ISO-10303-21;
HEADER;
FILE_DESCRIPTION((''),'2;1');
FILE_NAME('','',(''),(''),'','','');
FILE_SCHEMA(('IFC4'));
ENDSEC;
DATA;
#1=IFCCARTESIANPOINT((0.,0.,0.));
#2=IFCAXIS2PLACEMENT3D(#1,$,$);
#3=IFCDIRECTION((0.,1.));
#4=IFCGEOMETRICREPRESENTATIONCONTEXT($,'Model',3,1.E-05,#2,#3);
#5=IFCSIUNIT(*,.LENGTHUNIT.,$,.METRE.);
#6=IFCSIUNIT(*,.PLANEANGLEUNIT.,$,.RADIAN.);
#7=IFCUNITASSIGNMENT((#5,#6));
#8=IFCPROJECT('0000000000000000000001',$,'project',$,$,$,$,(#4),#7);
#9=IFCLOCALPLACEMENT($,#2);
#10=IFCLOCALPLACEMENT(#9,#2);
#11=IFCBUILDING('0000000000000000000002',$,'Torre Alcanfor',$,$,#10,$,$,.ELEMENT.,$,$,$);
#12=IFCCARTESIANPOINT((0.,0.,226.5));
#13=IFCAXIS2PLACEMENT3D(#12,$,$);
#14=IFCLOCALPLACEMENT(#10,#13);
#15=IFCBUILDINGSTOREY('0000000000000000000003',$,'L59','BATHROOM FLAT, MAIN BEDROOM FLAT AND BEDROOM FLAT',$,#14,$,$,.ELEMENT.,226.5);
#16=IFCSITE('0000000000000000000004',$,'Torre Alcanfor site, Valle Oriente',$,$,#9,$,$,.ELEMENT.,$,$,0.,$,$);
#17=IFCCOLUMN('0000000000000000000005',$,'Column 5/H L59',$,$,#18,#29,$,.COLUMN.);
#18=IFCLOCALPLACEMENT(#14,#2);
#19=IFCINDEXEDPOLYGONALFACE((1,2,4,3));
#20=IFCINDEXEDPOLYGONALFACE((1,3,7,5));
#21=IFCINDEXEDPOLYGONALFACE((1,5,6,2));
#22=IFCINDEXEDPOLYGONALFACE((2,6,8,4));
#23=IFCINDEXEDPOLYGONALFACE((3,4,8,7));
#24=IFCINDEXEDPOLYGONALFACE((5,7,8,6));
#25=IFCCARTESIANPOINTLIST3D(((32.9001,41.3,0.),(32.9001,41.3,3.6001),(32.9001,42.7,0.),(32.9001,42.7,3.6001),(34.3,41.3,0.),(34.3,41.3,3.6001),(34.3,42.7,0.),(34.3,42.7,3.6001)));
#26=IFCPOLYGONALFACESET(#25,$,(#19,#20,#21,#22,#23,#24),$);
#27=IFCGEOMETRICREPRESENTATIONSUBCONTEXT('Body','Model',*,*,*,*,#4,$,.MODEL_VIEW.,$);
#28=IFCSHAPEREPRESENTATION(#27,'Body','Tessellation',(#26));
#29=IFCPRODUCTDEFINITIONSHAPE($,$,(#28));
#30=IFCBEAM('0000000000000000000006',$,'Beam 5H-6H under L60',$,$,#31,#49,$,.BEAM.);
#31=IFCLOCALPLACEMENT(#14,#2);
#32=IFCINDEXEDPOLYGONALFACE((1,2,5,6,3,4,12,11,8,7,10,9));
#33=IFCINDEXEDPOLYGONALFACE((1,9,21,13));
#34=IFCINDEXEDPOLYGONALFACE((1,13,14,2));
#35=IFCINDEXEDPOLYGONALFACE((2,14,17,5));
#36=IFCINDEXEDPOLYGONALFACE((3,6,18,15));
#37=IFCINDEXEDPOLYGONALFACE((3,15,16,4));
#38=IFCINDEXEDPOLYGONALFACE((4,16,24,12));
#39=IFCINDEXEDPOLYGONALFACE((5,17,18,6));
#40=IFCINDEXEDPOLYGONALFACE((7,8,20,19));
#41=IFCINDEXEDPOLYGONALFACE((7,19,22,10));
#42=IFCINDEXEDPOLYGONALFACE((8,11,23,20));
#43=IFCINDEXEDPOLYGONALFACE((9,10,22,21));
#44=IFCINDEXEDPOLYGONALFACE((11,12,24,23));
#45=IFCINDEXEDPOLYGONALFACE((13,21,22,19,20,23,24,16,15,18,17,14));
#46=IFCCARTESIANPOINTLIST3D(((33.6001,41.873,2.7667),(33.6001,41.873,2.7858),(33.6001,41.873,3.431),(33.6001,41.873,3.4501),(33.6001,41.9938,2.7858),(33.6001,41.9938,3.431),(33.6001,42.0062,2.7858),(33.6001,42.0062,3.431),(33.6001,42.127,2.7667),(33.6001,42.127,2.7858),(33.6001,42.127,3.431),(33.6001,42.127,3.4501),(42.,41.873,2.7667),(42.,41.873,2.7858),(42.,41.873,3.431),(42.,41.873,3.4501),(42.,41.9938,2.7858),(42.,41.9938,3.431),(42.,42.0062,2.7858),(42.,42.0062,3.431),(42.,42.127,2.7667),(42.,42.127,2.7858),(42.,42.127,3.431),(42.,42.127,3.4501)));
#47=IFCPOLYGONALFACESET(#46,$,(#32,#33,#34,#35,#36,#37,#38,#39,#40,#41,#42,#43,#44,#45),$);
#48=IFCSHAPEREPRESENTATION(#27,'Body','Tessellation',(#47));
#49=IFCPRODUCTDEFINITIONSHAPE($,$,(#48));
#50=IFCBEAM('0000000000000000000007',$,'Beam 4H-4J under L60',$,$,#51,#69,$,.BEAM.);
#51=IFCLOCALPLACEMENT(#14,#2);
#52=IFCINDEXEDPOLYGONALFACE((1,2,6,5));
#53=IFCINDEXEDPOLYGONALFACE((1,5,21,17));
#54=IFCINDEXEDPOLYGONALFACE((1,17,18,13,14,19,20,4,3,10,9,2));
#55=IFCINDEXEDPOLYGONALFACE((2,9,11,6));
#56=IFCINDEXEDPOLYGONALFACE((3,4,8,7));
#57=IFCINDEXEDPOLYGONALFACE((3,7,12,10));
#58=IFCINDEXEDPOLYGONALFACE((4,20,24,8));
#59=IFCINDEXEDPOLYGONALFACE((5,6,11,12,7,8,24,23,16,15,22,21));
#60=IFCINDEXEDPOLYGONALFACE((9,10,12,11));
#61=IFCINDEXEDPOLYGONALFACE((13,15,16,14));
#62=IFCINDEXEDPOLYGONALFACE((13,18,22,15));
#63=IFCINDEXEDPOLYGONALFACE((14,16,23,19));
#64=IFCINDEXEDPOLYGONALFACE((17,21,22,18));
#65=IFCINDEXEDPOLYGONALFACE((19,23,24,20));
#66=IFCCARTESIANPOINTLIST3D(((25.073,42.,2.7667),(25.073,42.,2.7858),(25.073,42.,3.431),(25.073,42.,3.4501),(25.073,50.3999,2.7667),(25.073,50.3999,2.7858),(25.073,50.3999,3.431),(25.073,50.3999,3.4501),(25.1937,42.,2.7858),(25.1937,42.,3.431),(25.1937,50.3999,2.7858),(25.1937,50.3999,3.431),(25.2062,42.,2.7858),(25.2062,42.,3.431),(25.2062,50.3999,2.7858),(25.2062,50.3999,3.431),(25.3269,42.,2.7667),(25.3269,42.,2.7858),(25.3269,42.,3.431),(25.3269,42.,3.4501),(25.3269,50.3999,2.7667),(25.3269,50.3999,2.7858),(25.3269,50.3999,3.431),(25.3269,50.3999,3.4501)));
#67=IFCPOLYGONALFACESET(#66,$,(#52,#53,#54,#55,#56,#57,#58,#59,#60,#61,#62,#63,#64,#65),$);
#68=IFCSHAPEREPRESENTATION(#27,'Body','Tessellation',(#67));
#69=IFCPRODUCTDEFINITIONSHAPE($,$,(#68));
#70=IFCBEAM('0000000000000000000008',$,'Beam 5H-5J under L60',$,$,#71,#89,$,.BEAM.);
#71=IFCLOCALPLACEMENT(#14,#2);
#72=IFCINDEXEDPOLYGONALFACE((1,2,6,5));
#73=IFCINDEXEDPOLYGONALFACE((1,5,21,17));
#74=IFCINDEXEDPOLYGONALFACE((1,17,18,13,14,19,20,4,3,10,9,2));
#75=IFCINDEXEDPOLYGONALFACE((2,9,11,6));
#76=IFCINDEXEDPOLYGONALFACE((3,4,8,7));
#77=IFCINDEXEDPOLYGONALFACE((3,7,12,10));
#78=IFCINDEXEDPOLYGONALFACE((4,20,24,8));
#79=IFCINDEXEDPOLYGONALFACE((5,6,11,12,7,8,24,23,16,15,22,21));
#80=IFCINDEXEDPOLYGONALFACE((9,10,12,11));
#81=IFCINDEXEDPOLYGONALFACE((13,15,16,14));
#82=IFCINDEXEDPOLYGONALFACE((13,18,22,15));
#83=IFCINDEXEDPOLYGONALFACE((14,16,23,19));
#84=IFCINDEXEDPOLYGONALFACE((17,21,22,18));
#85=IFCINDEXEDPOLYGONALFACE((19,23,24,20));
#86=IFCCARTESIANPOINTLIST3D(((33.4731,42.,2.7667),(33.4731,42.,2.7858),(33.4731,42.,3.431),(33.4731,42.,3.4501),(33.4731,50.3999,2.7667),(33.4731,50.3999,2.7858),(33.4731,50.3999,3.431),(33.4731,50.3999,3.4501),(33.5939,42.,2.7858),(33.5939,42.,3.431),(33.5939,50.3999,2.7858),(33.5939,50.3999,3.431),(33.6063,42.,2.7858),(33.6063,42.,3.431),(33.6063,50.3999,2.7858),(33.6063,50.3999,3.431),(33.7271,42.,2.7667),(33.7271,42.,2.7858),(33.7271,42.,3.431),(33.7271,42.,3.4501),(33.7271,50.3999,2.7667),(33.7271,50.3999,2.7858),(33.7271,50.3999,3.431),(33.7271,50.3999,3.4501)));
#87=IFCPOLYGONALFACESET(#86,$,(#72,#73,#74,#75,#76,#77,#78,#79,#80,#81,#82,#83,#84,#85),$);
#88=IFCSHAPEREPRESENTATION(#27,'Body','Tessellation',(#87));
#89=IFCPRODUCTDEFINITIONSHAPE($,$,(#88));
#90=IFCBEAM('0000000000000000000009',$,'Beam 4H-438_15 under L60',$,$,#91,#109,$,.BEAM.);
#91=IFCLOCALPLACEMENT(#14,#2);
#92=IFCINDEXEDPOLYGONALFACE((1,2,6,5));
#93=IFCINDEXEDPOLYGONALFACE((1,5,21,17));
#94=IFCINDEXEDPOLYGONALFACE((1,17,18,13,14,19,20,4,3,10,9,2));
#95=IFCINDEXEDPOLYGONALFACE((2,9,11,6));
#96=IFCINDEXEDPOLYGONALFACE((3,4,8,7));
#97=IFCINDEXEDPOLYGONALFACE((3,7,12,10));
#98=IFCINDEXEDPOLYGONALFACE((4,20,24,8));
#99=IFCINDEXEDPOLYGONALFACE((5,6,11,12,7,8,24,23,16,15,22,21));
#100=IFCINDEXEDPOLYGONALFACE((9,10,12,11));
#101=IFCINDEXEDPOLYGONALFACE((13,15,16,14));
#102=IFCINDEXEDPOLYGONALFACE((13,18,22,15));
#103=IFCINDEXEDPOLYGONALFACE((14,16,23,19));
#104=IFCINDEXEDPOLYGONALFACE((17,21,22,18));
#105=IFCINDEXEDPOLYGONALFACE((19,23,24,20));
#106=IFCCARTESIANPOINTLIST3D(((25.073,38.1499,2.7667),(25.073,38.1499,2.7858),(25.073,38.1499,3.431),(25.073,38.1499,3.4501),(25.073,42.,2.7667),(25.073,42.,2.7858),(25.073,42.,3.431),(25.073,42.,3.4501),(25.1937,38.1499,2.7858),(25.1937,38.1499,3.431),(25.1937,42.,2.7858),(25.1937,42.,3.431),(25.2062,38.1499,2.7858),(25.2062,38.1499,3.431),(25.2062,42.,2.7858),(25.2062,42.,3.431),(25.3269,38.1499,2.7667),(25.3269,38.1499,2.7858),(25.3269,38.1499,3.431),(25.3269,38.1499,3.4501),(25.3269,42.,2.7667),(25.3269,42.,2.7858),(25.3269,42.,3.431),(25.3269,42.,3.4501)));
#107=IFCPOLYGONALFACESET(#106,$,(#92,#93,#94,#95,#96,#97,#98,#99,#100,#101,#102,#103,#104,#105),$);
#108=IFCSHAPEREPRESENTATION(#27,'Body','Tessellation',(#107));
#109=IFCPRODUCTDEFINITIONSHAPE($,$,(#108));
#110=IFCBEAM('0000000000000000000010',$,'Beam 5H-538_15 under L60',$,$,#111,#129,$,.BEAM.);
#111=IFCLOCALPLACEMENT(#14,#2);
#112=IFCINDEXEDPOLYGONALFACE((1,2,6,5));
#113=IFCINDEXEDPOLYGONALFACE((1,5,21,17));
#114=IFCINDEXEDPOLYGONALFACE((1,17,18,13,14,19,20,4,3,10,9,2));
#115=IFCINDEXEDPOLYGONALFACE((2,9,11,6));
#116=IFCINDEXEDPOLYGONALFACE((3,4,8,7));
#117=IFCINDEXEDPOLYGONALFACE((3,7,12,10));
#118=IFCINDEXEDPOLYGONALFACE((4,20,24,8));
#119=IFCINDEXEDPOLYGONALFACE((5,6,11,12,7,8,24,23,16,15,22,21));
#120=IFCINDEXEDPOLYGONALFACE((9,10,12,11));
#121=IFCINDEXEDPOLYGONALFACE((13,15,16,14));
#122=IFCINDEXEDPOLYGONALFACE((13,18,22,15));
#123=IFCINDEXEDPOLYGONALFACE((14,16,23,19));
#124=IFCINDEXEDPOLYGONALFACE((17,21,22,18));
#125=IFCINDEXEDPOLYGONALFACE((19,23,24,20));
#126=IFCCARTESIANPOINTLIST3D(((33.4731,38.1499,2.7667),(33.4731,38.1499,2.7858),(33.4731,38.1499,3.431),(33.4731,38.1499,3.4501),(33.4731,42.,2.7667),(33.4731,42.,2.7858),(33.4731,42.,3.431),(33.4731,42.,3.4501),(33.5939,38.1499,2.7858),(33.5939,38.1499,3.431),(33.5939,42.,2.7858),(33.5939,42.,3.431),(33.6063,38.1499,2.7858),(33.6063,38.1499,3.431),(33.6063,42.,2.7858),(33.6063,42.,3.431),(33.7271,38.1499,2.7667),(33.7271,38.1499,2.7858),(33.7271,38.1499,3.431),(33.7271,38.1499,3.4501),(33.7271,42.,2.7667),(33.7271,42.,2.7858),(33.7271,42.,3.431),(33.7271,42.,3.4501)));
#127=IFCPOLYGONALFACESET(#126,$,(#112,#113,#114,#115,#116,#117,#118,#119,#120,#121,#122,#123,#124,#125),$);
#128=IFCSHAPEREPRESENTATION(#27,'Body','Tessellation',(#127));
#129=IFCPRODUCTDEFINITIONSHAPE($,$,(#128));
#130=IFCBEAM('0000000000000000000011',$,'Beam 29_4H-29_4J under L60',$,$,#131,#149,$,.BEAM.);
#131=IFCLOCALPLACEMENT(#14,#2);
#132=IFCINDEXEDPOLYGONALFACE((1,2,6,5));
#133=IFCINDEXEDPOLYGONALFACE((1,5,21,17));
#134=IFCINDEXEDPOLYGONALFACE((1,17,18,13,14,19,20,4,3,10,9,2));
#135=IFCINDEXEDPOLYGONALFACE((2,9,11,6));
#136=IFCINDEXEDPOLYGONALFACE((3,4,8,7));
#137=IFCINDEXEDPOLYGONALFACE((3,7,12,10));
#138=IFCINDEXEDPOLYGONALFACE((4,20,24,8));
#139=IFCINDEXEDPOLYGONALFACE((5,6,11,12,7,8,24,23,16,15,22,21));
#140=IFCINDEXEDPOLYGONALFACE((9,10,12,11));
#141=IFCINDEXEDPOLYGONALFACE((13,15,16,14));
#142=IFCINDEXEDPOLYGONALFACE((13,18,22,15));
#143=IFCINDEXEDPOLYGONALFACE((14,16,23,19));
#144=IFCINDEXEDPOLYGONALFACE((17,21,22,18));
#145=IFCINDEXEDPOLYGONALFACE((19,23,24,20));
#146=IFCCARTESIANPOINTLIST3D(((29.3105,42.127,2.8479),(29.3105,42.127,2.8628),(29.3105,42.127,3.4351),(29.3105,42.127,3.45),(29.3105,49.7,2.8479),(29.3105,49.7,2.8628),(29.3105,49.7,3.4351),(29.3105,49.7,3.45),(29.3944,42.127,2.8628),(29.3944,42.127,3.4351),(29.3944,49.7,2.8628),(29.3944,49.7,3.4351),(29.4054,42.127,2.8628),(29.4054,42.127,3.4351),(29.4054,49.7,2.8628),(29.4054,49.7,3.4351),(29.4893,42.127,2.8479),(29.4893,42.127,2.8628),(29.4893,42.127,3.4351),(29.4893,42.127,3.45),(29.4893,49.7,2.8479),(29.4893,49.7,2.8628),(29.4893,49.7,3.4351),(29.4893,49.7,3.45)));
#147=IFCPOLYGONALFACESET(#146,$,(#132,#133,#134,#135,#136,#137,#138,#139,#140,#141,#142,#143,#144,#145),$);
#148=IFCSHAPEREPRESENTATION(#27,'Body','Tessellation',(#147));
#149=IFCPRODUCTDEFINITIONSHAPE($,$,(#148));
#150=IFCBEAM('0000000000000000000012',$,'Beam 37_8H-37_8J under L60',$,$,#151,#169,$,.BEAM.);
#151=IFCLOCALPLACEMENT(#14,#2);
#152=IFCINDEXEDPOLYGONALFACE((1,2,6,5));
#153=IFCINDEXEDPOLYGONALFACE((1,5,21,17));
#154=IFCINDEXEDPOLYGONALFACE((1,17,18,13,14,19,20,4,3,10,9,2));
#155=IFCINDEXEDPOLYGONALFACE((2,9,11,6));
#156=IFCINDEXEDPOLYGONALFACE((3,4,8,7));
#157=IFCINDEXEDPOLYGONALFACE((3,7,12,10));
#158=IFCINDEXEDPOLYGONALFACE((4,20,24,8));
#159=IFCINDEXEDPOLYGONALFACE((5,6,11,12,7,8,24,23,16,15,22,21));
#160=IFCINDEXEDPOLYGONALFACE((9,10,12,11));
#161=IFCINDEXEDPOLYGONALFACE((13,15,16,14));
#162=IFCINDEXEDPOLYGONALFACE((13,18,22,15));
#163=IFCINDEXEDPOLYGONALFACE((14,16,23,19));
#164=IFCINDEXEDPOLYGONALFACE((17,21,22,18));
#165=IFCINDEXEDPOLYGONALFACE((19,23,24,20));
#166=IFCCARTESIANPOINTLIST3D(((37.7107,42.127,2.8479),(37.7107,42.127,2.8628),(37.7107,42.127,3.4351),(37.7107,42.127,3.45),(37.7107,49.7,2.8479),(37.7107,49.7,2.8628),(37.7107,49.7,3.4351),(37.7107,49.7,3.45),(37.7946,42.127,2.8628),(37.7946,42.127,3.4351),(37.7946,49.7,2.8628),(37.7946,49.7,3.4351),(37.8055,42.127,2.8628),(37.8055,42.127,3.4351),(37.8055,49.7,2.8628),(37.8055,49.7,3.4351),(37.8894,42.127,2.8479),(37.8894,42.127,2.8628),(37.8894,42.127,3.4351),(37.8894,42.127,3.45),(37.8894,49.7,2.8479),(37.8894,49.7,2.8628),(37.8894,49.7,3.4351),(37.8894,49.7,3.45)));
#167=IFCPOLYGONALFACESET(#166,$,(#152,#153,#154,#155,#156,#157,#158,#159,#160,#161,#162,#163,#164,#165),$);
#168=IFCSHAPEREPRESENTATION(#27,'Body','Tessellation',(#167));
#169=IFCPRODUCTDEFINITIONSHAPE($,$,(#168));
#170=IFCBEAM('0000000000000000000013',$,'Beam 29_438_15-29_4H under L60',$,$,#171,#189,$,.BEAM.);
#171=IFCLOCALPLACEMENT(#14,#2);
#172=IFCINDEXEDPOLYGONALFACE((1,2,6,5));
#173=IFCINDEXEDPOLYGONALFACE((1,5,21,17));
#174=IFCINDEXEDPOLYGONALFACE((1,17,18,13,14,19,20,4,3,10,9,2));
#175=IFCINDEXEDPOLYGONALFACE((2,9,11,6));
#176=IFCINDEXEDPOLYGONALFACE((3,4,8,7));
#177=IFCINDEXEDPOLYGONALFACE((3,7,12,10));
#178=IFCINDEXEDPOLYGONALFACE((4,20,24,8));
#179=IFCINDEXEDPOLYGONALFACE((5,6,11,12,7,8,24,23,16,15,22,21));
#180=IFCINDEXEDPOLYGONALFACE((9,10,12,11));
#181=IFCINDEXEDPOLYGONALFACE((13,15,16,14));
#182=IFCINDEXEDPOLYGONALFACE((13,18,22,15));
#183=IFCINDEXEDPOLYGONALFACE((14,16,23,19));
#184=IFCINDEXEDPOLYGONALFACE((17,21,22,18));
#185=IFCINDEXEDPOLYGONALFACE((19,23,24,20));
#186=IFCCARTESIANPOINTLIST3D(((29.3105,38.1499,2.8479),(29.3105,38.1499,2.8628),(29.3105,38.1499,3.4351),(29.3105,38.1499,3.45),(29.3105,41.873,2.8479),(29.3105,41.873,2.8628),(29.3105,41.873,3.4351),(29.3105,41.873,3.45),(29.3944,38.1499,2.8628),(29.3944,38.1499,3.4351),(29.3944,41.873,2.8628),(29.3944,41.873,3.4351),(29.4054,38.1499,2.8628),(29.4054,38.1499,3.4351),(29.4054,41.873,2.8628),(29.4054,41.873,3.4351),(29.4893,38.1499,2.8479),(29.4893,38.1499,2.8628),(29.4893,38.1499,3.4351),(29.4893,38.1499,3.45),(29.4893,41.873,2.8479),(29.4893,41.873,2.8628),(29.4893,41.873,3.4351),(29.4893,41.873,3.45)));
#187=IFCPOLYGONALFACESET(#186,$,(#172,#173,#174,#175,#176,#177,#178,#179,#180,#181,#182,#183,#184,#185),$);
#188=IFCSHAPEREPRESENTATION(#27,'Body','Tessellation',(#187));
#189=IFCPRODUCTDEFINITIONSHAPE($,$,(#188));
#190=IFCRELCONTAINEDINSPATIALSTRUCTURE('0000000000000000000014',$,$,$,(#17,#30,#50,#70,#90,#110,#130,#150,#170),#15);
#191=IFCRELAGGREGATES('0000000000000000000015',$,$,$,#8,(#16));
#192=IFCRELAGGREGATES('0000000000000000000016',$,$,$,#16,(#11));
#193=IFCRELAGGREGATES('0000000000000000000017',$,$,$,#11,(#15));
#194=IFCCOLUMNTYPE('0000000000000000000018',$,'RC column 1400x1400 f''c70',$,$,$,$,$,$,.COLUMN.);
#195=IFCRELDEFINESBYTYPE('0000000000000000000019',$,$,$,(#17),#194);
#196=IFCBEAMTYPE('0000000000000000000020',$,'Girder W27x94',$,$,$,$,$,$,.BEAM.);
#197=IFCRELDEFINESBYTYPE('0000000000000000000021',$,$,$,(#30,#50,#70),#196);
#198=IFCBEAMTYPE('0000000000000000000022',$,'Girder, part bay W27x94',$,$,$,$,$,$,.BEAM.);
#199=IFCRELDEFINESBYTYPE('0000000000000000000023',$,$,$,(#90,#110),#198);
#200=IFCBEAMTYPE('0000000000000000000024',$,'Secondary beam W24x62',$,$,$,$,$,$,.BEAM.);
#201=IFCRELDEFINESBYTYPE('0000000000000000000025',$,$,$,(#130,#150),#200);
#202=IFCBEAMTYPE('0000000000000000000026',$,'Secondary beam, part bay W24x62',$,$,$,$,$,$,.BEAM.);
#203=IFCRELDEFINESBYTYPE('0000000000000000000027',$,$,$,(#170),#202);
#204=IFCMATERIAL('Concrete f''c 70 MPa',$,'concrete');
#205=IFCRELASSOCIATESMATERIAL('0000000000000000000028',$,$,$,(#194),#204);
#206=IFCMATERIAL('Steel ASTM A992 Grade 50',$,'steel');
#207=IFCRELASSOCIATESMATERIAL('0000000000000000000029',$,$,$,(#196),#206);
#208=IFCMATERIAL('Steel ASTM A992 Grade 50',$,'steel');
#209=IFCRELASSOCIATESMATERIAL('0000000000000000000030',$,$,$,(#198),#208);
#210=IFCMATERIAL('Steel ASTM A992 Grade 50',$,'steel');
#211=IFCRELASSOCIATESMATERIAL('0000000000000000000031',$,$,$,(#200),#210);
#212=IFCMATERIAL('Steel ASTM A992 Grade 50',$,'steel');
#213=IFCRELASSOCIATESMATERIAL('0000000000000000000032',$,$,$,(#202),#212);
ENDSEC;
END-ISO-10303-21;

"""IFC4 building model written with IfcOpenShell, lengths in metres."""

from ifc_helpers import new_model, si_unit, direction, frame, origin, origin_2d, place, context, subcontext, project, spatial, rectangle, i_section, extrude, material, material_profile, profile_set, type_object, element, save


model = new_model("IFC4")

# Units and contexts
model_context = context("Model", 3, precision=1e-05, world=origin(), true_north=direction((0.0, 1.0)))
body_context = subcontext(model_context, "Body", "Model", "MODEL_VIEW")
ifc_project = project(units=[si_unit("LENGTHUNIT", "METRE"), si_unit("PLANEANGLEUNIT", "RADIAN")], contexts=[model_context])

# Site, building, storey
site_placement = place(None, origin())
site = spatial("IfcSite", under=ifc_project, at=site_placement, Name="Torre Alcanfor site, Valle Oriente", CompositionType="ELEMENT", RefElevation=0.0)
building_placement = place(site_placement, origin())
building = spatial("IfcBuilding", under=site, at=building_placement, Name="Torre Alcanfor", CompositionType="ELEMENT")
storey_placement = place(building_placement, frame((0.0, 0.0, 226.5)))
storey = spatial("IfcBuildingStorey", under=building, at=storey_placement, Name="L59", Description="BATHROOM FLAT, MAIN BEDROOM FLAT AND BEDROOM FLAT", CompositionType="ELEMENT", Elevation=226.5)

# Column
ifc_material_1 = material(Name="Concrete f'c 70 MPa", Category="concrete")
ifc_material_profile_1 = material_profile(ifc_material_1, rectangle(XDim=1.3999, YDim=1.3999, at=origin_2d()), Name="1400x1400")
ifc_profile_set_1 = profile_set([ifc_material_profile_1], Name="Concrete f'c 70 MPa")
column_type = type_object("IfcColumnType", Name="RC column 1400x1400 f'c70", PredefinedType="COLUMN", material=ifc_profile_set_1)
column_placement = place(storey_placement, frame((33.6001, 42.0, 0.0), z_axis=(0.0, 0.0, 1.0), x_axis=(1.0, 0.0, 0.0)))
element("IfcColumn", 1, at=column_placement, inside=storey, type_object=column_type, Name="Column 5/H L59", PredefinedType="COLUMN", context=body_context, shape_type="SweptSolid", body=[
    extrude(rectangle(XDim=1.3999, YDim=1.3999, at=origin_2d()), origin(), (0.0, 0.0, 1.0), 3.6001),
])

# Beams
ifc_material_2 = material(Name="Steel ASTM A992 Grade 50", Category="steel")
ifc_material_profile_2 = material_profile(ifc_material_2, i_section(OverallWidth=0.2539, OverallDepth=0.6833, WebThickness=0.0125, FlangeThickness=0.019, at=origin_2d()), Name="W27x94")
ifc_profile_set_2 = profile_set([ifc_material_profile_2], Name="Steel ASTM A992 Grade 50")
beam_type_1 = type_object("IfcBeamType", Name="Girder W27x94", PredefinedType="BEAM", material=ifc_profile_set_2)
for number, where, z_axis, x_axis, name in (
    (2, (33.6001, 42.0, 3.1084), (1.0, 0.0, 0.0), (0.0, 1.0, 0.0), "Beam 5H-6H under L60"),
    (3, (25.2, 42.0, 3.1084), (0.0, 1.0, 0.0), (-1.0, 0.0, 0.0), "Beam 4H-4J under L60"),
    (4, (33.6001, 42.0, 3.1084), (0.0, 1.0, 0.0), (-1.0, 0.0, 0.0), "Beam 5H-5J under L60"),
):
    element("IfcBeam", number, at=place(storey_placement, frame(where, z_axis=z_axis, x_axis=x_axis)), inside=storey, type_object=beam_type_1, Name=name, PredefinedType="BEAM", context=body_context, shape_type="SweptSolid", body=[
        extrude(i_section(OverallWidth=0.2539, OverallDepth=0.6833, WebThickness=0.0125, FlangeThickness=0.019, at=origin_2d()), origin(), (0.0, 0.0, 1.0), 8.3999),
    ])
ifc_material_3 = material(Name="Steel ASTM A992 Grade 50", Category="steel")
ifc_material_profile_3 = material_profile(ifc_material_3, i_section(OverallWidth=0.2539, OverallDepth=0.6833, WebThickness=0.0125, FlangeThickness=0.019, at=origin_2d()), Name="W27x94")
ifc_profile_set_3 = profile_set([ifc_material_profile_3], Name="Steel ASTM A992 Grade 50")
beam_type_2 = type_object("IfcBeamType", Name="Girder, part bay W27x94", PredefinedType="BEAM", material=ifc_profile_set_3)
for number, where, z_axis, x_axis, name in (
    (5, (25.2, 42.0, 3.1084), (0.0, -1.0, 0.0), (1.0, 0.0, 0.0), "Beam 4H-438_15 under L60"),
    (6, (33.6001, 42.0, 3.1084), (0.0, -1.0, 0.0), (1.0, 0.0, 0.0), "Beam 5H-538_15 under L60"),
):
    element("IfcBeam", number, at=place(storey_placement, frame(where, z_axis=z_axis, x_axis=x_axis)), inside=storey, type_object=beam_type_2, Name=name, PredefinedType="BEAM", context=body_context, shape_type="SweptSolid", body=[
        extrude(i_section(OverallWidth=0.2539, OverallDepth=0.6833, WebThickness=0.0125, FlangeThickness=0.019, at=origin_2d()), origin(), (0.0, 0.0, 1.0), 3.8501),
    ])
ifc_material_4 = material(Name="Steel ASTM A992 Grade 50", Category="steel")
ifc_material_profile_4 = material_profile(ifc_material_4, i_section(OverallWidth=0.1787, OverallDepth=0.6021, WebThickness=0.011, FlangeThickness=0.0149, at=origin_2d()), Name="W24x62")
ifc_profile_set_4 = profile_set([ifc_material_profile_4], Name="Steel ASTM A992 Grade 50")
beam_type_3 = type_object("IfcBeamType", Name="Secondary beam W24x62", PredefinedType="BEAM", material=ifc_profile_set_4)
for number, where, z_axis, x_axis, name in (
    (7, (29.3999, 42.127, 3.1489), (0.0, 1.0, 0.0), (-1.0, 0.0, 0.0), "Beam 29_4H-29_4J under L60"),
    (8, (37.8, 42.127, 3.1489), (0.0, 1.0, 0.0), (-1.0, 0.0, 0.0), "Beam 37_8H-37_8J under L60"),
):
    element("IfcBeam", number, at=place(storey_placement, frame(where, z_axis=z_axis, x_axis=x_axis)), inside=storey, type_object=beam_type_3, Name=name, PredefinedType="BEAM", context=body_context, shape_type="SweptSolid", body=[
        extrude(i_section(OverallWidth=0.1787, OverallDepth=0.6021, WebThickness=0.011, FlangeThickness=0.0149, at=origin_2d()), origin(), (0.0, 0.0, 1.0), 7.573),
    ])
ifc_material_5 = material(Name="Steel ASTM A992 Grade 50", Category="steel")
ifc_material_profile_5 = material_profile(ifc_material_5, i_section(OverallWidth=0.1787, OverallDepth=0.6021, WebThickness=0.011, FlangeThickness=0.0149, at=origin_2d()), Name="W24x62")
ifc_profile_set_5 = profile_set([ifc_material_profile_5], Name="Steel ASTM A992 Grade 50")
beam_type_4 = type_object("IfcBeamType", Name="Secondary beam, part bay W24x62", PredefinedType="BEAM", material=ifc_profile_set_5)
for number, where, z_axis, x_axis, name in (
    (9, (29.3999, 38.1499, 3.1489), (0.0, 1.0, 0.0), (-1.0, 0.0, 0.0), "Beam 29_438_15-29_4H under L60"),
):
    element("IfcBeam", number, at=place(storey_placement, frame(where, z_axis=z_axis, x_axis=x_axis)), inside=storey, type_object=beam_type_4, Name=name, PredefinedType="BEAM", context=body_context, shape_type="SweptSolid", body=[
        extrude(i_section(OverallWidth=0.1787, OverallDepth=0.6021, WebThickness=0.011, FlangeThickness=0.0149, at=origin_2d()), origin(), (0.0, 0.0, 1.0), 3.7231),
    ])

save(model, "model.ifc")
